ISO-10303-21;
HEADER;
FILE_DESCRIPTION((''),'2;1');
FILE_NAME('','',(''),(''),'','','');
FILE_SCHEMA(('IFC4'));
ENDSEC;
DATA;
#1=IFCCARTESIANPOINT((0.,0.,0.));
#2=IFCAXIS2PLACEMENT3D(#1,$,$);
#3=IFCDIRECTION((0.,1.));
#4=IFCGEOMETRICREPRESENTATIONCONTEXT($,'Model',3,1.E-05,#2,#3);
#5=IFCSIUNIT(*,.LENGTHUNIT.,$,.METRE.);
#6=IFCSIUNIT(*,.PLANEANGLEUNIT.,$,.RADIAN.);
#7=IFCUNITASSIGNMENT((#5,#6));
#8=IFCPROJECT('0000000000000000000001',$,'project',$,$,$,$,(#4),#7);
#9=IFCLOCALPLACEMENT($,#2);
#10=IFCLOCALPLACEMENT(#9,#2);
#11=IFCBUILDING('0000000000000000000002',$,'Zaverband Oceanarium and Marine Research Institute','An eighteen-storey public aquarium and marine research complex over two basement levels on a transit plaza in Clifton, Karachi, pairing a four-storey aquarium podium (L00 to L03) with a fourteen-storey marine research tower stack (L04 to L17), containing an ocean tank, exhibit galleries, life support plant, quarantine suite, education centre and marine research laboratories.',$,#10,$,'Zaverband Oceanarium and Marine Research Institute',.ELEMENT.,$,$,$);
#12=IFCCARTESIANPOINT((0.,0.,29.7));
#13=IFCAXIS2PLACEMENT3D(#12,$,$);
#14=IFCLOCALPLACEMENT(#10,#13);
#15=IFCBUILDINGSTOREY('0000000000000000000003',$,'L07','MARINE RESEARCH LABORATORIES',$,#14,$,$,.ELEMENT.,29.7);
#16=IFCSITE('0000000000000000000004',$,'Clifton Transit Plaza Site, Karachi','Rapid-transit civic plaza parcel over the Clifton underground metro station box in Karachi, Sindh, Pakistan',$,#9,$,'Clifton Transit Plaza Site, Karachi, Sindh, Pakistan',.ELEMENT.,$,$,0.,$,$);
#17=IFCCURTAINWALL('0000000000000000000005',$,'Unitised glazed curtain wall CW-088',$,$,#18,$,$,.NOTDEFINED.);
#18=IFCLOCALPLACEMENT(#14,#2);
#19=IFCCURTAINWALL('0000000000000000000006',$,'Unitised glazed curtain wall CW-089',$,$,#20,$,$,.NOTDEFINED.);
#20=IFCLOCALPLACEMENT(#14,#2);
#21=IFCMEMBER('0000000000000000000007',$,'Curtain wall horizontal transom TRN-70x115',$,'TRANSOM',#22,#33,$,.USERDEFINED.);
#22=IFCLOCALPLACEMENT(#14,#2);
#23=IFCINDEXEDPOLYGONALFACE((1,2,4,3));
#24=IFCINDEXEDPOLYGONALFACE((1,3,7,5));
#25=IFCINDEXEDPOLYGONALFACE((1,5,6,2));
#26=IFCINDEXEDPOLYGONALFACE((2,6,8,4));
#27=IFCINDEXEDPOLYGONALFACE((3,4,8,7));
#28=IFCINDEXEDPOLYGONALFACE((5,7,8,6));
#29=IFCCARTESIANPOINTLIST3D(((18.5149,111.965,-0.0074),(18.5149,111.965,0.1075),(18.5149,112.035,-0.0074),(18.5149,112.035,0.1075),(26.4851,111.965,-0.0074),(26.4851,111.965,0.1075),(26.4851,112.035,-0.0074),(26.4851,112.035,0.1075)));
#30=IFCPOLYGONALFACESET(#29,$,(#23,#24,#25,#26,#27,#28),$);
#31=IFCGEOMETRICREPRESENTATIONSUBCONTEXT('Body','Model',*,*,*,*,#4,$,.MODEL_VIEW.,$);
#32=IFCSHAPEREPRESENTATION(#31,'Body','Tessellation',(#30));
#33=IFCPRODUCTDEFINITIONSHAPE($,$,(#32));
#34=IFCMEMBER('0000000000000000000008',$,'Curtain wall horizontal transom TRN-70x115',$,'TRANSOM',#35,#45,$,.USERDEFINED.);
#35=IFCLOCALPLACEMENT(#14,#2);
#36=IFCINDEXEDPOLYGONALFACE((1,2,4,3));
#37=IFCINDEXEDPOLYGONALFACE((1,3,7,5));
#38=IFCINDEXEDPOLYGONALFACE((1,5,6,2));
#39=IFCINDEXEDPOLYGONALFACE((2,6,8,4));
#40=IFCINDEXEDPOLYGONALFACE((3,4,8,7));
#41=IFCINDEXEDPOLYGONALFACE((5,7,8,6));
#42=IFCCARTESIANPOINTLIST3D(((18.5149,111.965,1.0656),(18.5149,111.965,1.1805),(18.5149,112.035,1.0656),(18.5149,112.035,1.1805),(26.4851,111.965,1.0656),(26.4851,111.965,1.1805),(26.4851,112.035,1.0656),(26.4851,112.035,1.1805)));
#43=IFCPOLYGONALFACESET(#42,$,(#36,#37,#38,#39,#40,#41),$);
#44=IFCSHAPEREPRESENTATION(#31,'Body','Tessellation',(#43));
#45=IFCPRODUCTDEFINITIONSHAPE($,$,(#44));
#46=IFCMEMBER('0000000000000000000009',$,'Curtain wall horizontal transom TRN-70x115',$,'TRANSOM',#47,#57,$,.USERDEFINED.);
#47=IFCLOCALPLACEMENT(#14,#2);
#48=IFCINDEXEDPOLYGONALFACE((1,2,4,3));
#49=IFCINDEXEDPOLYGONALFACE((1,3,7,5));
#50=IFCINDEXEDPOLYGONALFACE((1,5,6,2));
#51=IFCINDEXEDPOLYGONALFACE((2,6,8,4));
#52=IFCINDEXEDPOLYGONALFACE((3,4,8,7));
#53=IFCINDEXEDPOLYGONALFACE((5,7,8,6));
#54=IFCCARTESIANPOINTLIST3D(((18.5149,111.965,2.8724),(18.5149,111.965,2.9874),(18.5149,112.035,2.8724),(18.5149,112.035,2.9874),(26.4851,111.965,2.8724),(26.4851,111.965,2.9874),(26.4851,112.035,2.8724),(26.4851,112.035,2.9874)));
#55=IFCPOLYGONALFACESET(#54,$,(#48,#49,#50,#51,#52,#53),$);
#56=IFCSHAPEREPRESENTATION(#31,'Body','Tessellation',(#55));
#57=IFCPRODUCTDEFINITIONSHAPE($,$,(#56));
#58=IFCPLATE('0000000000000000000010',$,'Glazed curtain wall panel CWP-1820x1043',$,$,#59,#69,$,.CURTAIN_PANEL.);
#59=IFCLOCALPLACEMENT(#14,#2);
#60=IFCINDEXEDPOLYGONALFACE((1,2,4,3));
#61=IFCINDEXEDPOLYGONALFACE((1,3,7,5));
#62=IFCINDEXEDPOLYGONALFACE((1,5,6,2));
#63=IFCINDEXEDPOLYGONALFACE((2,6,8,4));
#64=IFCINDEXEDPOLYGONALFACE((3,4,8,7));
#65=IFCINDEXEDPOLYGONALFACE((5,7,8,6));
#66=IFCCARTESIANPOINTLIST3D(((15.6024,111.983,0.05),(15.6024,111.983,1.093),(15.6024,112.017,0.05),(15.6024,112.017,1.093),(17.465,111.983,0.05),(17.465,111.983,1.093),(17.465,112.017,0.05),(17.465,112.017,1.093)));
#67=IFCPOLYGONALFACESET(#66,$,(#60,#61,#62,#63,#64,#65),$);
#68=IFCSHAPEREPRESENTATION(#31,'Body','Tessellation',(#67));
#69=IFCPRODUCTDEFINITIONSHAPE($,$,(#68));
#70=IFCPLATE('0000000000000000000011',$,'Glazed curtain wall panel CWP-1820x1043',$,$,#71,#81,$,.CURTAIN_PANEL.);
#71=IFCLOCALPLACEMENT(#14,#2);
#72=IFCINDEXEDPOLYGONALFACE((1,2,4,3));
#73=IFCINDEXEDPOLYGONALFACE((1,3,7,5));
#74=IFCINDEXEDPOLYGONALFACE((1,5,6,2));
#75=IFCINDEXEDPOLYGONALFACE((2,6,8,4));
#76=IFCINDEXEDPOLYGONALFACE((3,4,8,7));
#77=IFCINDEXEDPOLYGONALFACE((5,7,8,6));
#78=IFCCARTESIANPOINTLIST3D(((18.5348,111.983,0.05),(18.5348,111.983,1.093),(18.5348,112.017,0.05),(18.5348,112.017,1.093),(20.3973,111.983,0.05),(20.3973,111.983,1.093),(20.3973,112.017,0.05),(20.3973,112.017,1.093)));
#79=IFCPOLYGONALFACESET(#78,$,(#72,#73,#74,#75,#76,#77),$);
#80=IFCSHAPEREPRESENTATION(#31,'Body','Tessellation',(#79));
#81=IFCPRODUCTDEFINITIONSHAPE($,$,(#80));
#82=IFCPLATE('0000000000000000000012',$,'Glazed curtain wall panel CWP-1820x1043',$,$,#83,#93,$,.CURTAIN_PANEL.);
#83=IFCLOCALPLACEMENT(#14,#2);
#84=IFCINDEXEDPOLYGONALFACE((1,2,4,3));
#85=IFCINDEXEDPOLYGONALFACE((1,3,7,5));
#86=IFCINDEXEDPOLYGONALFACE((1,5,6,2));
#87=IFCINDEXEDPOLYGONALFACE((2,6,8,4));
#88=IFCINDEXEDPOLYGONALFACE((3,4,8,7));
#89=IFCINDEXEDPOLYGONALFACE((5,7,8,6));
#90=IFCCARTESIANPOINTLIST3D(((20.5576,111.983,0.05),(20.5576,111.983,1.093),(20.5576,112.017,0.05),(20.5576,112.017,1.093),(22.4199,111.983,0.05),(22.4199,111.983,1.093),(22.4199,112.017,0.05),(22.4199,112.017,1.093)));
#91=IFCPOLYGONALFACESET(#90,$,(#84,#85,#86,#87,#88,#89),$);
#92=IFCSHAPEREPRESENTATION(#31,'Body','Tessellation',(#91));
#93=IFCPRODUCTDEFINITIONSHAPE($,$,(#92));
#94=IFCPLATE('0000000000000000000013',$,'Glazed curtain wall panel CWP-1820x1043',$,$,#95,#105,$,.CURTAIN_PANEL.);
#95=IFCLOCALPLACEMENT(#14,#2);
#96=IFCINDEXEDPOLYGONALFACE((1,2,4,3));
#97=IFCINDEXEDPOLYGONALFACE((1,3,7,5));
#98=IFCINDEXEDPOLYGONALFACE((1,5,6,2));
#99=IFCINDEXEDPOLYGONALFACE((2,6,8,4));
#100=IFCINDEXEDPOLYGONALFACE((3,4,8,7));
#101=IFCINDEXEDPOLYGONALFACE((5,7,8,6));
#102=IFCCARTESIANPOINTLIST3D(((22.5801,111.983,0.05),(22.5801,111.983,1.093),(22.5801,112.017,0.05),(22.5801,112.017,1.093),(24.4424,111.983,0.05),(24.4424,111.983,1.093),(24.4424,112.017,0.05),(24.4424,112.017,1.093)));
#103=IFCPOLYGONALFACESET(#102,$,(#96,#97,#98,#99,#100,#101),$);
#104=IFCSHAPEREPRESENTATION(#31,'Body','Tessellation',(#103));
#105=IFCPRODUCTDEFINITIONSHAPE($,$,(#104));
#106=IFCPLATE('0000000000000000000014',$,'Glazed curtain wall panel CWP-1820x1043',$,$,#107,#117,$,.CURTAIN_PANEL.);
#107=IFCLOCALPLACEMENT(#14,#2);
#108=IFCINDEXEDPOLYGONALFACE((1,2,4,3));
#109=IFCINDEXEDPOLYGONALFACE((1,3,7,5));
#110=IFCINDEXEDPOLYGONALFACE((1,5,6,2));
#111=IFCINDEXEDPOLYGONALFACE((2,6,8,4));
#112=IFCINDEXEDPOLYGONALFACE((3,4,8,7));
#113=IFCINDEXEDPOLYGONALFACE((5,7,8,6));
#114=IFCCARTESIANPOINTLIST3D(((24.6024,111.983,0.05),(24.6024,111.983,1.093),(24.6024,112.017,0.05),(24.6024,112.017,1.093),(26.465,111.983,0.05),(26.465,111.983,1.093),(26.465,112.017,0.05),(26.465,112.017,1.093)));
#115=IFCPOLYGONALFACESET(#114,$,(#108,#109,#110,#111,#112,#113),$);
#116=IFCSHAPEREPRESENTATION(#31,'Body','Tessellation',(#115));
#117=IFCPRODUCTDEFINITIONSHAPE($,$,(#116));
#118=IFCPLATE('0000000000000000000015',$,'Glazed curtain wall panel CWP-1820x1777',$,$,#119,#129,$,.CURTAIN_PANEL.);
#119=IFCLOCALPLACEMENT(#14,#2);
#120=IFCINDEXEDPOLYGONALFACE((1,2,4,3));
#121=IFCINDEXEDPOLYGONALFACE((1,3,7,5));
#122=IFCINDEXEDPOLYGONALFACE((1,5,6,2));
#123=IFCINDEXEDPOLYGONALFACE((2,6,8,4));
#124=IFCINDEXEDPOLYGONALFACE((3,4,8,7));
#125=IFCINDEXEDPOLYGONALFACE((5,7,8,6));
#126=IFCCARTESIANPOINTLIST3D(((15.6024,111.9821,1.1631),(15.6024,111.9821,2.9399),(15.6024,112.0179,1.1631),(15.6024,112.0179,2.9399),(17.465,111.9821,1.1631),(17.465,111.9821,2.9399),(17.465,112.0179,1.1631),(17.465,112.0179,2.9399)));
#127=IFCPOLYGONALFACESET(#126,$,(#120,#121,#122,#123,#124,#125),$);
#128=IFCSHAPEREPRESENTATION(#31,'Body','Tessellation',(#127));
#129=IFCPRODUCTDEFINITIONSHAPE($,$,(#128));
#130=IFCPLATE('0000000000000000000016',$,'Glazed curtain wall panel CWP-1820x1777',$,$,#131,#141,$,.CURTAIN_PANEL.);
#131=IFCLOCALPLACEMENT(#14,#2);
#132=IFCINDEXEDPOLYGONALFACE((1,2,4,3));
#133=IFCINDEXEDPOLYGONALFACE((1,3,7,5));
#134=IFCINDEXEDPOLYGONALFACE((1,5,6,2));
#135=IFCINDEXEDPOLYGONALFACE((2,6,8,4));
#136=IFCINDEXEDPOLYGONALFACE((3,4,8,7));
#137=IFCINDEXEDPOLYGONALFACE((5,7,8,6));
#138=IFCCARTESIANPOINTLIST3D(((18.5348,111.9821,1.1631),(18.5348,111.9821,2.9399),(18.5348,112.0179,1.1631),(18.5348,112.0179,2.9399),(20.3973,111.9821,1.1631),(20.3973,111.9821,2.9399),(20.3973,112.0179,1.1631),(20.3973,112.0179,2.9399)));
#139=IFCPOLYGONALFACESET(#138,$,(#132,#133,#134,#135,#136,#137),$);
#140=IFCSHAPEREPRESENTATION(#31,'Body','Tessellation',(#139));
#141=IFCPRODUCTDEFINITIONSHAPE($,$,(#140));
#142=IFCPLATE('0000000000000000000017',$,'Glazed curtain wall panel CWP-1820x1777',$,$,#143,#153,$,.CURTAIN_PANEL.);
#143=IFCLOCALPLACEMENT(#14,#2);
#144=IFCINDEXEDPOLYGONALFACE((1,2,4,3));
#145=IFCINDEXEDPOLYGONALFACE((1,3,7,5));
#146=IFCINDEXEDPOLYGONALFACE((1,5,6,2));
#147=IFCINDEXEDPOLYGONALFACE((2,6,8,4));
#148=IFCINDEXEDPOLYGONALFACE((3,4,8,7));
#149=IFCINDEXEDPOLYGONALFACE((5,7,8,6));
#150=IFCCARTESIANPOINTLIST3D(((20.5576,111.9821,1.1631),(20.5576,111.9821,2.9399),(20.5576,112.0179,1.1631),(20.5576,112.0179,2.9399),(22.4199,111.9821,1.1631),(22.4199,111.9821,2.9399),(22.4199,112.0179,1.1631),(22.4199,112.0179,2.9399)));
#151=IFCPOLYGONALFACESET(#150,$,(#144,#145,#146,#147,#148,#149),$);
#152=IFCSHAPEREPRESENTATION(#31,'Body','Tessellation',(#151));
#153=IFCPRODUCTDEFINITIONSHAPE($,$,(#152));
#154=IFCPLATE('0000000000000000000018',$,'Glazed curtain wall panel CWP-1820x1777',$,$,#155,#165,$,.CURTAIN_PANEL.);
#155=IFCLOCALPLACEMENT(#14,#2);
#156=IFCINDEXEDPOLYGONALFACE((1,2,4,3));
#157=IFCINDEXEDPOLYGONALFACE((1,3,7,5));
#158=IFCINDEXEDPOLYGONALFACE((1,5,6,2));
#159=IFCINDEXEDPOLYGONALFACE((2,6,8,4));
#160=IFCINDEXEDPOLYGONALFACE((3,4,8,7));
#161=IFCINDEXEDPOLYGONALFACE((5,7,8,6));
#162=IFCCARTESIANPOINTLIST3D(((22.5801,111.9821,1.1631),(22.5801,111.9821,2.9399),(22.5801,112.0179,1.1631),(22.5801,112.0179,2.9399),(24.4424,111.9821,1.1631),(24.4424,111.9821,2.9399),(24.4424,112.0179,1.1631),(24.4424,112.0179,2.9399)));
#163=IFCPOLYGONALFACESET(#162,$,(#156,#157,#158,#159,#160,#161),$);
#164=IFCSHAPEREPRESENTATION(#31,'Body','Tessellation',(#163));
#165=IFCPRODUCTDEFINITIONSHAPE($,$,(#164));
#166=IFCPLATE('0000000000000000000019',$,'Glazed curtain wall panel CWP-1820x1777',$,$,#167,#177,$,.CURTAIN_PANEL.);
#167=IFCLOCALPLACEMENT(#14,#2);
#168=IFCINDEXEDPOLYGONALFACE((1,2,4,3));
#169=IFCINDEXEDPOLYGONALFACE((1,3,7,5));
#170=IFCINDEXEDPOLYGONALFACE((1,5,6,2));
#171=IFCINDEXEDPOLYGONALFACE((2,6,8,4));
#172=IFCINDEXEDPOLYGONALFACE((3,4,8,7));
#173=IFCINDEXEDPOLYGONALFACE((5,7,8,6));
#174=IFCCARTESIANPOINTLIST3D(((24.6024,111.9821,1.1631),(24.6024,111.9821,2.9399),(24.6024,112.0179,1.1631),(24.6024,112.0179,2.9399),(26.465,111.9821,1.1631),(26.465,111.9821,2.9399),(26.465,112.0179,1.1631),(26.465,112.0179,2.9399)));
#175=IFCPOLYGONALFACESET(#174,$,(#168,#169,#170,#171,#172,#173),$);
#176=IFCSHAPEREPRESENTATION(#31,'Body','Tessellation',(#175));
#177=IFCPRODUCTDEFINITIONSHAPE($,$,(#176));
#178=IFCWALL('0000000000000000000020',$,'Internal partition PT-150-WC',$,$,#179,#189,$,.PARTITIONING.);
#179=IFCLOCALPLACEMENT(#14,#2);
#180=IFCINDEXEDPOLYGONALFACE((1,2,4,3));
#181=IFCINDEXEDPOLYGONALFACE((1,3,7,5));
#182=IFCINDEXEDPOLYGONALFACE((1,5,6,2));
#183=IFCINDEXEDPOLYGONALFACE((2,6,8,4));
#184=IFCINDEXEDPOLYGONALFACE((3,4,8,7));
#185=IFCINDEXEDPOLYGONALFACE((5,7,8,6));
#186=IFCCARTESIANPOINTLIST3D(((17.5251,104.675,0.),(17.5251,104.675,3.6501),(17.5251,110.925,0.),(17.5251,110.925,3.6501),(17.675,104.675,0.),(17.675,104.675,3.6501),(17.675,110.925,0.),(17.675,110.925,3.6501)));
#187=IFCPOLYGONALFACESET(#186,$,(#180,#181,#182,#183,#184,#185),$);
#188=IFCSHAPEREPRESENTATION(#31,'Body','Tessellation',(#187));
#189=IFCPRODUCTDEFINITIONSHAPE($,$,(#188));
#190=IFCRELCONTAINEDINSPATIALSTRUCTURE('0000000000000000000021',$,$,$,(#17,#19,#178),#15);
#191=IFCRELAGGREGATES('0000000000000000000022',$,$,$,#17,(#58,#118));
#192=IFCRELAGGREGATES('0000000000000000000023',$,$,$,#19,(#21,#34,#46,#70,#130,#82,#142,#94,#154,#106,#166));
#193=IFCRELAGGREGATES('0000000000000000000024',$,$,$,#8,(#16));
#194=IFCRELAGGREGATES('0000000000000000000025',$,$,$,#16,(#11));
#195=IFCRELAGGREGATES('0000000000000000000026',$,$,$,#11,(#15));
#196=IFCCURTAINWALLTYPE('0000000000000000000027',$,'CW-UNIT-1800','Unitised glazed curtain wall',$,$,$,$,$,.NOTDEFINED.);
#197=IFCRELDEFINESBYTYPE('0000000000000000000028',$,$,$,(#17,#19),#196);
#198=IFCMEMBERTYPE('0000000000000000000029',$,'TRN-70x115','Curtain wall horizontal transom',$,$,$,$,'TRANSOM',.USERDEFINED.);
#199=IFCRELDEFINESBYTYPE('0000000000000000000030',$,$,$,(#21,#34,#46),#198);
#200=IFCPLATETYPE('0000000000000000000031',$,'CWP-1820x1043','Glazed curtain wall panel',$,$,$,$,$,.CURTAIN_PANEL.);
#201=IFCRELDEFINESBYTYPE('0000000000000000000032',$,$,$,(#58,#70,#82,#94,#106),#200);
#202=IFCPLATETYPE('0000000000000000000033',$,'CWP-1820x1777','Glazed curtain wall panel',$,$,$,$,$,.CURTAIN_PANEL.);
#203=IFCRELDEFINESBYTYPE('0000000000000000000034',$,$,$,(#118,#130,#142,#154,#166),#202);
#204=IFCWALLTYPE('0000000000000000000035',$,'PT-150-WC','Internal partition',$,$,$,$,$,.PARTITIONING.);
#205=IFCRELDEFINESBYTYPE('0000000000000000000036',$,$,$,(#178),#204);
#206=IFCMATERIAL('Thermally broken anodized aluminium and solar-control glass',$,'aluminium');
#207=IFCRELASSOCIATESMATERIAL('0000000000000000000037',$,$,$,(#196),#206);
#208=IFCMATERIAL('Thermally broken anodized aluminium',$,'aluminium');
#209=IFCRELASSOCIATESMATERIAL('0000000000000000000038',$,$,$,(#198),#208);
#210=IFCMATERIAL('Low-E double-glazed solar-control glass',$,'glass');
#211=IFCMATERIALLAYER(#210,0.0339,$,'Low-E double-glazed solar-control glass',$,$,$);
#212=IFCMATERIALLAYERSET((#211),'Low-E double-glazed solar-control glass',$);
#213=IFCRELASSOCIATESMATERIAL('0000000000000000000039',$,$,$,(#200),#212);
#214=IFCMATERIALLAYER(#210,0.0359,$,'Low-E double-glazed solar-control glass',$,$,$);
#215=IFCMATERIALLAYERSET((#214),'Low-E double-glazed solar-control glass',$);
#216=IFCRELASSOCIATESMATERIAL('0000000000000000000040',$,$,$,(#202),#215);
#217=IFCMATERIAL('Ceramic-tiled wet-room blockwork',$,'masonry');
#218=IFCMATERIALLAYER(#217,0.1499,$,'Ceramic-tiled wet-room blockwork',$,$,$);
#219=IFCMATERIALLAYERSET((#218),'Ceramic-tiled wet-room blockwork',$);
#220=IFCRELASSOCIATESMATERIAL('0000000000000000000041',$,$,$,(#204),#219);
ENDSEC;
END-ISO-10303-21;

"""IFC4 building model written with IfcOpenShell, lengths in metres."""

from ifc_helpers import new_model, si_unit, direction, frame, frame_2d, origin, origin_2d, place, context, subcontext, project, spatial, rectangle, extrude, material, layer, layer_set, material_profile, profile_set, type_object, element, aggregate, save


model = new_model("IFC4")

# Units and contexts
model_context = context("Model", 3, precision=1e-05, world=origin(), true_north=direction((0.0, 1.0)))
body_context = subcontext(model_context, "Body", "Model", "MODEL_VIEW")
ifc_project = project(units=[si_unit("LENGTHUNIT", "METRE"), si_unit("PLANEANGLEUNIT", "RADIAN")], contexts=[model_context])

# Site, building, storey
site_placement = place(None, origin())
site = spatial("IfcSite", under=ifc_project, at=site_placement, Name="Clifton Transit Plaza Site, Karachi", Description="Rapid-transit civic plaza parcel over the Clifton underground metro station box in Karachi, Sindh, Pakistan", LongName="Clifton Transit Plaza Site, Karachi, Sindh, Pakistan", CompositionType="ELEMENT", RefElevation=0.0)
building_placement = place(site_placement, origin())
building = spatial("IfcBuilding", under=site, at=building_placement, Name="Zaverband Oceanarium and Marine Research Institute", Description="An eighteen-storey public aquarium and marine research complex over two basement levels on a transit plaza in Clifton, Karachi, pairing a four-storey aquarium podium (L00 to L03) with a fourteen-storey marine research tower stack (L04 to L17), containing an ocean tank, exhibit galleries, life support plant, quarantine suite, education centre and marine research laboratories.", LongName="Zaverband Oceanarium and Marine Research Institute", CompositionType="ELEMENT")
storey_placement = place(building_placement, frame((0.0, 0.0, 29.7)))
storey = spatial("IfcBuildingStorey", under=building, at=storey_placement, Name="L07", Description="MARINE RESEARCH LABORATORIES", CompositionType="ELEMENT", Elevation=29.7)

# Curtain walls
ifc_material_1 = material(Name="Thermally broken anodized aluminium and solar-control glass", Category="aluminium")
curtain_wall_type = type_object("IfcCurtainWallType", Name="CW-UNIT-1800", Description="Unitised glazed curtain wall", PredefinedType="NOTDEFINED", material=ifc_material_1)
curtain_wall_1_placement = place(storey_placement, origin())
curtain_wall_1 = element("IfcCurtainWall", 1, at=curtain_wall_1_placement, inside=storey, type_object=curtain_wall_type, Name="Unitised glazed curtain wall CW-088", PredefinedType="NOTDEFINED")
ifc_material_2 = material(Name="Thermally broken anodized aluminium", Category="aluminium")
curtain_wall_2_placement = place(storey_placement, origin())
curtain_wall_2 = element("IfcCurtainWall", 2, at=curtain_wall_2_placement, inside=storey, type_object=curtain_wall_type, Name="Unitised glazed curtain wall CW-089", PredefinedType="NOTDEFINED")

# Members
ifc_material_profile_1 = material_profile(ifc_material_2, rectangle(XDim=0.0701, YDim=0.115, at=origin_2d()), Name="AL-TRN-70x115")
ifc_profile_set_1 = profile_set([ifc_material_profile_1], Name="Thermally broken anodized aluminium")
member_type_1 = type_object("IfcMemberType", Name="TRN-70x115", Description="Curtain wall horizontal transom", ElementType="TRANSOM", PredefinedType="USERDEFINED", material=ifc_profile_set_1)
member_1_placement = place(storey_placement, frame((18.5149, 112.0, 0.05), z_axis=(1.0, 0.0, 0.0), x_axis=(0.0, 1.0, 0.0)))
member_1 = element("IfcMember", 3, at=member_1_placement, type_object=member_type_1, Name="Curtain wall horizontal transom TRN-70x115", ObjectType="TRANSOM", PredefinedType="USERDEFINED", context=body_context, shape_type="SweptSolid", body=[
    extrude(rectangle(XDim=0.0701, YDim=0.115, at=origin_2d()), origin(), (0.0, 0.0, 1.0), 7.9702),
])
member_2_placement = place(storey_placement, frame((18.5149, 112.0, 1.123), z_axis=(1.0, 0.0, 0.0), x_axis=(0.0, 1.0, 0.0)))
member_2 = element("IfcMember", 4, at=member_2_placement, type_object=member_type_1, Name="Curtain wall horizontal transom TRN-70x115", ObjectType="TRANSOM", PredefinedType="USERDEFINED", context=body_context, shape_type="SweptSolid", body=[
    extrude(rectangle(XDim=0.0701, YDim=0.115, at=origin_2d()), origin(), (0.0, 0.0, 1.0), 7.9702),
])
member_3_placement = place(storey_placement, frame((18.5149, 112.0, 2.9299), z_axis=(1.0, 0.0, 0.0), x_axis=(0.0, 1.0, 0.0)))
member_3 = element("IfcMember", 5, at=member_3_placement, type_object=member_type_1, Name="Curtain wall horizontal transom TRN-70x115", ObjectType="TRANSOM", PredefinedType="USERDEFINED", context=body_context, shape_type="SweptSolid", body=[
    extrude(rectangle(XDim=0.0701, YDim=0.115, at=origin_2d()), origin(), (0.0, 0.0, 1.0), 7.9702),
])

# Plates
ifc_material_3 = material(Name="Low-E double-glazed solar-control glass", Category="glass")
ifc_layer_1 = layer(ifc_material_3, 0.0339, Name="Low-E double-glazed solar-control glass")
ifc_layer_set_1 = layer_set([ifc_layer_1], Name="Low-E double-glazed solar-control glass")
plate_type_1 = type_object("IfcPlateType", Name="CWP-1820x1043", Description="Glazed curtain wall panel", PredefinedType="CURTAIN_PANEL", material=ifc_layer_set_1)
plate_1_placement = place(storey_placement, frame((15.6025, 112.0, 0.05), z_axis=(0.0, 0.0, 1.0), x_axis=(1.0, 0.0, 0.0)))
plate_1 = element("IfcPlate", 6, at=plate_1_placement, type_object=plate_type_1, Name="Glazed curtain wall panel CWP-1820x1043", PredefinedType="CURTAIN_PANEL", context=body_context, shape_type="SweptSolid", body=[
    extrude(rectangle(XDim=1.8625, YDim=0.0339, at=frame_2d((0.9312, 0.0))), origin(), (0.0, 0.0, 1.0), 1.043),
])
plate_2_placement = place(storey_placement, frame((18.5349, 112.0, 0.05), z_axis=(0.0, 0.0, 1.0), x_axis=(1.0, 0.0, 0.0)))
plate_2 = element("IfcPlate", 7, at=plate_2_placement, type_object=plate_type_1, Name="Glazed curtain wall panel CWP-1820x1043", PredefinedType="CURTAIN_PANEL", context=body_context, shape_type="SweptSolid", body=[
    extrude(rectangle(XDim=1.8625, YDim=0.0339, at=frame_2d((0.9312, 0.0))), origin(), (0.0, 0.0, 1.0), 1.043),
])
plate_3_placement = place(storey_placement, frame((20.5576, 112.0, 0.05), z_axis=(0.0, 0.0, 1.0), x_axis=(1.0, 0.0, 0.0)))
plate_3 = element("IfcPlate", 8, at=plate_3_placement, type_object=plate_type_1, Name="Glazed curtain wall panel CWP-1820x1043", PredefinedType="CURTAIN_PANEL", context=body_context, shape_type="SweptSolid", body=[
    extrude(rectangle(XDim=1.8623, YDim=0.0339, at=frame_2d((0.9312, 0.0))), origin(), (0.0, 0.0, 1.0), 1.043),
])
plate_4_placement = place(storey_placement, frame((22.5801, 112.0, 0.05), z_axis=(0.0, 0.0, 1.0), x_axis=(1.0, 0.0, 0.0)))
plate_4 = element("IfcPlate", 9, at=plate_4_placement, type_object=plate_type_1, Name="Glazed curtain wall panel CWP-1820x1043", PredefinedType="CURTAIN_PANEL", context=body_context, shape_type="SweptSolid", body=[
    extrude(rectangle(XDim=1.8623, YDim=0.0339, at=frame_2d((0.9312, 0.0))), origin(), (0.0, 0.0, 1.0), 1.043),
])
plate_5_placement = place(storey_placement, frame((24.6025, 112.0, 0.05), z_axis=(0.0, 0.0, 1.0), x_axis=(1.0, 0.0, 0.0)))
plate_5 = element("IfcPlate", 10, at=plate_5_placement, type_object=plate_type_1, Name="Glazed curtain wall panel CWP-1820x1043", PredefinedType="CURTAIN_PANEL", context=body_context, shape_type="SweptSolid", body=[
    extrude(rectangle(XDim=1.8625, YDim=0.0339, at=frame_2d((0.9312, 0.0))), origin(), (0.0, 0.0, 1.0), 1.043),
])
ifc_layer_2 = layer(ifc_material_3, 0.0359, Name="Low-E double-glazed solar-control glass")
ifc_layer_set_2 = layer_set([ifc_layer_2], Name="Low-E double-glazed solar-control glass")
plate_type_2 = type_object("IfcPlateType", Name="CWP-1820x1777", Description="Glazed curtain wall panel", PredefinedType="CURTAIN_PANEL", material=ifc_layer_set_2)
plate_6_placement = place(storey_placement, frame((15.6025, 112.0, 1.1631), z_axis=(0.0, 0.0, 1.0), x_axis=(1.0, 0.0, 0.0)))
plate_6 = element("IfcPlate", 11, at=plate_6_placement, type_object=plate_type_2, Name="Glazed curtain wall panel CWP-1820x1777", PredefinedType="CURTAIN_PANEL", context=body_context, shape_type="SweptSolid", body=[
    extrude(rectangle(XDim=1.8625, YDim=0.0359, at=frame_2d((0.9312, 0.0))), origin(), (0.0, 0.0, 1.0), 1.7769),
])
aggregate(curtain_wall_1, [plate_1, plate_6])
plate_7_placement = place(storey_placement, frame((18.5349, 112.0, 1.1631), z_axis=(0.0, 0.0, 1.0), x_axis=(1.0, 0.0, 0.0)))
plate_7 = element("IfcPlate", 12, at=plate_7_placement, type_object=plate_type_2, Name="Glazed curtain wall panel CWP-1820x1777", PredefinedType="CURTAIN_PANEL", context=body_context, shape_type="SweptSolid", body=[
    extrude(rectangle(XDim=1.8625, YDim=0.0359, at=frame_2d((0.9312, 0.0))), origin(), (0.0, 0.0, 1.0), 1.7769),
])
plate_8_placement = place(storey_placement, frame((20.5576, 112.0, 1.1631), z_axis=(0.0, 0.0, 1.0), x_axis=(1.0, 0.0, 0.0)))
plate_8 = element("IfcPlate", 13, at=plate_8_placement, type_object=plate_type_2, Name="Glazed curtain wall panel CWP-1820x1777", PredefinedType="CURTAIN_PANEL", context=body_context, shape_type="SweptSolid", body=[
    extrude(rectangle(XDim=1.8623, YDim=0.0359, at=frame_2d((0.9312, 0.0))), origin(), (0.0, 0.0, 1.0), 1.7769),
])
plate_9_placement = place(storey_placement, frame((22.5801, 112.0, 1.1631), z_axis=(0.0, 0.0, 1.0), x_axis=(1.0, 0.0, 0.0)))
plate_9 = element("IfcPlate", 14, at=plate_9_placement, type_object=plate_type_2, Name="Glazed curtain wall panel CWP-1820x1777", PredefinedType="CURTAIN_PANEL", context=body_context, shape_type="SweptSolid", body=[
    extrude(rectangle(XDim=1.8623, YDim=0.0359, at=frame_2d((0.9312, 0.0))), origin(), (0.0, 0.0, 1.0), 1.7769),
])
plate_10_placement = place(storey_placement, frame((24.6025, 112.0, 1.1631), z_axis=(0.0, 0.0, 1.0), x_axis=(1.0, 0.0, 0.0)))
plate_10 = element("IfcPlate", 15, at=plate_10_placement, type_object=plate_type_2, Name="Glazed curtain wall panel CWP-1820x1777", PredefinedType="CURTAIN_PANEL", context=body_context, shape_type="SweptSolid", body=[
    extrude(rectangle(XDim=1.8625, YDim=0.0359, at=frame_2d((0.9312, 0.0))), origin(), (0.0, 0.0, 1.0), 1.7769),
])
aggregate(curtain_wall_2, [member_1, member_2, member_3, plate_2, plate_7, plate_3, plate_8, plate_4, plate_9, plate_5, plate_10])

# Wall
ifc_material_4 = material(Name="Ceramic-tiled wet-room blockwork", Category="masonry")
ifc_layer_3 = layer(ifc_material_4, 0.1499, Name="Ceramic-tiled wet-room blockwork")
ifc_layer_set_3 = layer_set([ifc_layer_3], Name="Ceramic-tiled wet-room blockwork")
wall_type = type_object("IfcWallType", Name="PT-150-WC", Description="Internal partition", PredefinedType="PARTITIONING", material=ifc_layer_set_3)
wall_placement = place(storey_placement, frame((17.6001, 104.675, 0.0), z_axis=(0.0, 0.0, 1.0), x_axis=(0.0, 1.0, 0.0)))
element("IfcWall", 16, at=wall_placement, inside=storey, type_object=wall_type, Name="Internal partition PT-150-WC", PredefinedType="PARTITIONING", context=body_context, shape_type="SweptSolid", body=[
    extrude(rectangle(XDim=6.25, YDim=0.1499, at=frame_2d((3.125, 0.0))), origin(), (0.0, 0.0, 1.0), 3.6501),
])

save(model, "model.ifc")
